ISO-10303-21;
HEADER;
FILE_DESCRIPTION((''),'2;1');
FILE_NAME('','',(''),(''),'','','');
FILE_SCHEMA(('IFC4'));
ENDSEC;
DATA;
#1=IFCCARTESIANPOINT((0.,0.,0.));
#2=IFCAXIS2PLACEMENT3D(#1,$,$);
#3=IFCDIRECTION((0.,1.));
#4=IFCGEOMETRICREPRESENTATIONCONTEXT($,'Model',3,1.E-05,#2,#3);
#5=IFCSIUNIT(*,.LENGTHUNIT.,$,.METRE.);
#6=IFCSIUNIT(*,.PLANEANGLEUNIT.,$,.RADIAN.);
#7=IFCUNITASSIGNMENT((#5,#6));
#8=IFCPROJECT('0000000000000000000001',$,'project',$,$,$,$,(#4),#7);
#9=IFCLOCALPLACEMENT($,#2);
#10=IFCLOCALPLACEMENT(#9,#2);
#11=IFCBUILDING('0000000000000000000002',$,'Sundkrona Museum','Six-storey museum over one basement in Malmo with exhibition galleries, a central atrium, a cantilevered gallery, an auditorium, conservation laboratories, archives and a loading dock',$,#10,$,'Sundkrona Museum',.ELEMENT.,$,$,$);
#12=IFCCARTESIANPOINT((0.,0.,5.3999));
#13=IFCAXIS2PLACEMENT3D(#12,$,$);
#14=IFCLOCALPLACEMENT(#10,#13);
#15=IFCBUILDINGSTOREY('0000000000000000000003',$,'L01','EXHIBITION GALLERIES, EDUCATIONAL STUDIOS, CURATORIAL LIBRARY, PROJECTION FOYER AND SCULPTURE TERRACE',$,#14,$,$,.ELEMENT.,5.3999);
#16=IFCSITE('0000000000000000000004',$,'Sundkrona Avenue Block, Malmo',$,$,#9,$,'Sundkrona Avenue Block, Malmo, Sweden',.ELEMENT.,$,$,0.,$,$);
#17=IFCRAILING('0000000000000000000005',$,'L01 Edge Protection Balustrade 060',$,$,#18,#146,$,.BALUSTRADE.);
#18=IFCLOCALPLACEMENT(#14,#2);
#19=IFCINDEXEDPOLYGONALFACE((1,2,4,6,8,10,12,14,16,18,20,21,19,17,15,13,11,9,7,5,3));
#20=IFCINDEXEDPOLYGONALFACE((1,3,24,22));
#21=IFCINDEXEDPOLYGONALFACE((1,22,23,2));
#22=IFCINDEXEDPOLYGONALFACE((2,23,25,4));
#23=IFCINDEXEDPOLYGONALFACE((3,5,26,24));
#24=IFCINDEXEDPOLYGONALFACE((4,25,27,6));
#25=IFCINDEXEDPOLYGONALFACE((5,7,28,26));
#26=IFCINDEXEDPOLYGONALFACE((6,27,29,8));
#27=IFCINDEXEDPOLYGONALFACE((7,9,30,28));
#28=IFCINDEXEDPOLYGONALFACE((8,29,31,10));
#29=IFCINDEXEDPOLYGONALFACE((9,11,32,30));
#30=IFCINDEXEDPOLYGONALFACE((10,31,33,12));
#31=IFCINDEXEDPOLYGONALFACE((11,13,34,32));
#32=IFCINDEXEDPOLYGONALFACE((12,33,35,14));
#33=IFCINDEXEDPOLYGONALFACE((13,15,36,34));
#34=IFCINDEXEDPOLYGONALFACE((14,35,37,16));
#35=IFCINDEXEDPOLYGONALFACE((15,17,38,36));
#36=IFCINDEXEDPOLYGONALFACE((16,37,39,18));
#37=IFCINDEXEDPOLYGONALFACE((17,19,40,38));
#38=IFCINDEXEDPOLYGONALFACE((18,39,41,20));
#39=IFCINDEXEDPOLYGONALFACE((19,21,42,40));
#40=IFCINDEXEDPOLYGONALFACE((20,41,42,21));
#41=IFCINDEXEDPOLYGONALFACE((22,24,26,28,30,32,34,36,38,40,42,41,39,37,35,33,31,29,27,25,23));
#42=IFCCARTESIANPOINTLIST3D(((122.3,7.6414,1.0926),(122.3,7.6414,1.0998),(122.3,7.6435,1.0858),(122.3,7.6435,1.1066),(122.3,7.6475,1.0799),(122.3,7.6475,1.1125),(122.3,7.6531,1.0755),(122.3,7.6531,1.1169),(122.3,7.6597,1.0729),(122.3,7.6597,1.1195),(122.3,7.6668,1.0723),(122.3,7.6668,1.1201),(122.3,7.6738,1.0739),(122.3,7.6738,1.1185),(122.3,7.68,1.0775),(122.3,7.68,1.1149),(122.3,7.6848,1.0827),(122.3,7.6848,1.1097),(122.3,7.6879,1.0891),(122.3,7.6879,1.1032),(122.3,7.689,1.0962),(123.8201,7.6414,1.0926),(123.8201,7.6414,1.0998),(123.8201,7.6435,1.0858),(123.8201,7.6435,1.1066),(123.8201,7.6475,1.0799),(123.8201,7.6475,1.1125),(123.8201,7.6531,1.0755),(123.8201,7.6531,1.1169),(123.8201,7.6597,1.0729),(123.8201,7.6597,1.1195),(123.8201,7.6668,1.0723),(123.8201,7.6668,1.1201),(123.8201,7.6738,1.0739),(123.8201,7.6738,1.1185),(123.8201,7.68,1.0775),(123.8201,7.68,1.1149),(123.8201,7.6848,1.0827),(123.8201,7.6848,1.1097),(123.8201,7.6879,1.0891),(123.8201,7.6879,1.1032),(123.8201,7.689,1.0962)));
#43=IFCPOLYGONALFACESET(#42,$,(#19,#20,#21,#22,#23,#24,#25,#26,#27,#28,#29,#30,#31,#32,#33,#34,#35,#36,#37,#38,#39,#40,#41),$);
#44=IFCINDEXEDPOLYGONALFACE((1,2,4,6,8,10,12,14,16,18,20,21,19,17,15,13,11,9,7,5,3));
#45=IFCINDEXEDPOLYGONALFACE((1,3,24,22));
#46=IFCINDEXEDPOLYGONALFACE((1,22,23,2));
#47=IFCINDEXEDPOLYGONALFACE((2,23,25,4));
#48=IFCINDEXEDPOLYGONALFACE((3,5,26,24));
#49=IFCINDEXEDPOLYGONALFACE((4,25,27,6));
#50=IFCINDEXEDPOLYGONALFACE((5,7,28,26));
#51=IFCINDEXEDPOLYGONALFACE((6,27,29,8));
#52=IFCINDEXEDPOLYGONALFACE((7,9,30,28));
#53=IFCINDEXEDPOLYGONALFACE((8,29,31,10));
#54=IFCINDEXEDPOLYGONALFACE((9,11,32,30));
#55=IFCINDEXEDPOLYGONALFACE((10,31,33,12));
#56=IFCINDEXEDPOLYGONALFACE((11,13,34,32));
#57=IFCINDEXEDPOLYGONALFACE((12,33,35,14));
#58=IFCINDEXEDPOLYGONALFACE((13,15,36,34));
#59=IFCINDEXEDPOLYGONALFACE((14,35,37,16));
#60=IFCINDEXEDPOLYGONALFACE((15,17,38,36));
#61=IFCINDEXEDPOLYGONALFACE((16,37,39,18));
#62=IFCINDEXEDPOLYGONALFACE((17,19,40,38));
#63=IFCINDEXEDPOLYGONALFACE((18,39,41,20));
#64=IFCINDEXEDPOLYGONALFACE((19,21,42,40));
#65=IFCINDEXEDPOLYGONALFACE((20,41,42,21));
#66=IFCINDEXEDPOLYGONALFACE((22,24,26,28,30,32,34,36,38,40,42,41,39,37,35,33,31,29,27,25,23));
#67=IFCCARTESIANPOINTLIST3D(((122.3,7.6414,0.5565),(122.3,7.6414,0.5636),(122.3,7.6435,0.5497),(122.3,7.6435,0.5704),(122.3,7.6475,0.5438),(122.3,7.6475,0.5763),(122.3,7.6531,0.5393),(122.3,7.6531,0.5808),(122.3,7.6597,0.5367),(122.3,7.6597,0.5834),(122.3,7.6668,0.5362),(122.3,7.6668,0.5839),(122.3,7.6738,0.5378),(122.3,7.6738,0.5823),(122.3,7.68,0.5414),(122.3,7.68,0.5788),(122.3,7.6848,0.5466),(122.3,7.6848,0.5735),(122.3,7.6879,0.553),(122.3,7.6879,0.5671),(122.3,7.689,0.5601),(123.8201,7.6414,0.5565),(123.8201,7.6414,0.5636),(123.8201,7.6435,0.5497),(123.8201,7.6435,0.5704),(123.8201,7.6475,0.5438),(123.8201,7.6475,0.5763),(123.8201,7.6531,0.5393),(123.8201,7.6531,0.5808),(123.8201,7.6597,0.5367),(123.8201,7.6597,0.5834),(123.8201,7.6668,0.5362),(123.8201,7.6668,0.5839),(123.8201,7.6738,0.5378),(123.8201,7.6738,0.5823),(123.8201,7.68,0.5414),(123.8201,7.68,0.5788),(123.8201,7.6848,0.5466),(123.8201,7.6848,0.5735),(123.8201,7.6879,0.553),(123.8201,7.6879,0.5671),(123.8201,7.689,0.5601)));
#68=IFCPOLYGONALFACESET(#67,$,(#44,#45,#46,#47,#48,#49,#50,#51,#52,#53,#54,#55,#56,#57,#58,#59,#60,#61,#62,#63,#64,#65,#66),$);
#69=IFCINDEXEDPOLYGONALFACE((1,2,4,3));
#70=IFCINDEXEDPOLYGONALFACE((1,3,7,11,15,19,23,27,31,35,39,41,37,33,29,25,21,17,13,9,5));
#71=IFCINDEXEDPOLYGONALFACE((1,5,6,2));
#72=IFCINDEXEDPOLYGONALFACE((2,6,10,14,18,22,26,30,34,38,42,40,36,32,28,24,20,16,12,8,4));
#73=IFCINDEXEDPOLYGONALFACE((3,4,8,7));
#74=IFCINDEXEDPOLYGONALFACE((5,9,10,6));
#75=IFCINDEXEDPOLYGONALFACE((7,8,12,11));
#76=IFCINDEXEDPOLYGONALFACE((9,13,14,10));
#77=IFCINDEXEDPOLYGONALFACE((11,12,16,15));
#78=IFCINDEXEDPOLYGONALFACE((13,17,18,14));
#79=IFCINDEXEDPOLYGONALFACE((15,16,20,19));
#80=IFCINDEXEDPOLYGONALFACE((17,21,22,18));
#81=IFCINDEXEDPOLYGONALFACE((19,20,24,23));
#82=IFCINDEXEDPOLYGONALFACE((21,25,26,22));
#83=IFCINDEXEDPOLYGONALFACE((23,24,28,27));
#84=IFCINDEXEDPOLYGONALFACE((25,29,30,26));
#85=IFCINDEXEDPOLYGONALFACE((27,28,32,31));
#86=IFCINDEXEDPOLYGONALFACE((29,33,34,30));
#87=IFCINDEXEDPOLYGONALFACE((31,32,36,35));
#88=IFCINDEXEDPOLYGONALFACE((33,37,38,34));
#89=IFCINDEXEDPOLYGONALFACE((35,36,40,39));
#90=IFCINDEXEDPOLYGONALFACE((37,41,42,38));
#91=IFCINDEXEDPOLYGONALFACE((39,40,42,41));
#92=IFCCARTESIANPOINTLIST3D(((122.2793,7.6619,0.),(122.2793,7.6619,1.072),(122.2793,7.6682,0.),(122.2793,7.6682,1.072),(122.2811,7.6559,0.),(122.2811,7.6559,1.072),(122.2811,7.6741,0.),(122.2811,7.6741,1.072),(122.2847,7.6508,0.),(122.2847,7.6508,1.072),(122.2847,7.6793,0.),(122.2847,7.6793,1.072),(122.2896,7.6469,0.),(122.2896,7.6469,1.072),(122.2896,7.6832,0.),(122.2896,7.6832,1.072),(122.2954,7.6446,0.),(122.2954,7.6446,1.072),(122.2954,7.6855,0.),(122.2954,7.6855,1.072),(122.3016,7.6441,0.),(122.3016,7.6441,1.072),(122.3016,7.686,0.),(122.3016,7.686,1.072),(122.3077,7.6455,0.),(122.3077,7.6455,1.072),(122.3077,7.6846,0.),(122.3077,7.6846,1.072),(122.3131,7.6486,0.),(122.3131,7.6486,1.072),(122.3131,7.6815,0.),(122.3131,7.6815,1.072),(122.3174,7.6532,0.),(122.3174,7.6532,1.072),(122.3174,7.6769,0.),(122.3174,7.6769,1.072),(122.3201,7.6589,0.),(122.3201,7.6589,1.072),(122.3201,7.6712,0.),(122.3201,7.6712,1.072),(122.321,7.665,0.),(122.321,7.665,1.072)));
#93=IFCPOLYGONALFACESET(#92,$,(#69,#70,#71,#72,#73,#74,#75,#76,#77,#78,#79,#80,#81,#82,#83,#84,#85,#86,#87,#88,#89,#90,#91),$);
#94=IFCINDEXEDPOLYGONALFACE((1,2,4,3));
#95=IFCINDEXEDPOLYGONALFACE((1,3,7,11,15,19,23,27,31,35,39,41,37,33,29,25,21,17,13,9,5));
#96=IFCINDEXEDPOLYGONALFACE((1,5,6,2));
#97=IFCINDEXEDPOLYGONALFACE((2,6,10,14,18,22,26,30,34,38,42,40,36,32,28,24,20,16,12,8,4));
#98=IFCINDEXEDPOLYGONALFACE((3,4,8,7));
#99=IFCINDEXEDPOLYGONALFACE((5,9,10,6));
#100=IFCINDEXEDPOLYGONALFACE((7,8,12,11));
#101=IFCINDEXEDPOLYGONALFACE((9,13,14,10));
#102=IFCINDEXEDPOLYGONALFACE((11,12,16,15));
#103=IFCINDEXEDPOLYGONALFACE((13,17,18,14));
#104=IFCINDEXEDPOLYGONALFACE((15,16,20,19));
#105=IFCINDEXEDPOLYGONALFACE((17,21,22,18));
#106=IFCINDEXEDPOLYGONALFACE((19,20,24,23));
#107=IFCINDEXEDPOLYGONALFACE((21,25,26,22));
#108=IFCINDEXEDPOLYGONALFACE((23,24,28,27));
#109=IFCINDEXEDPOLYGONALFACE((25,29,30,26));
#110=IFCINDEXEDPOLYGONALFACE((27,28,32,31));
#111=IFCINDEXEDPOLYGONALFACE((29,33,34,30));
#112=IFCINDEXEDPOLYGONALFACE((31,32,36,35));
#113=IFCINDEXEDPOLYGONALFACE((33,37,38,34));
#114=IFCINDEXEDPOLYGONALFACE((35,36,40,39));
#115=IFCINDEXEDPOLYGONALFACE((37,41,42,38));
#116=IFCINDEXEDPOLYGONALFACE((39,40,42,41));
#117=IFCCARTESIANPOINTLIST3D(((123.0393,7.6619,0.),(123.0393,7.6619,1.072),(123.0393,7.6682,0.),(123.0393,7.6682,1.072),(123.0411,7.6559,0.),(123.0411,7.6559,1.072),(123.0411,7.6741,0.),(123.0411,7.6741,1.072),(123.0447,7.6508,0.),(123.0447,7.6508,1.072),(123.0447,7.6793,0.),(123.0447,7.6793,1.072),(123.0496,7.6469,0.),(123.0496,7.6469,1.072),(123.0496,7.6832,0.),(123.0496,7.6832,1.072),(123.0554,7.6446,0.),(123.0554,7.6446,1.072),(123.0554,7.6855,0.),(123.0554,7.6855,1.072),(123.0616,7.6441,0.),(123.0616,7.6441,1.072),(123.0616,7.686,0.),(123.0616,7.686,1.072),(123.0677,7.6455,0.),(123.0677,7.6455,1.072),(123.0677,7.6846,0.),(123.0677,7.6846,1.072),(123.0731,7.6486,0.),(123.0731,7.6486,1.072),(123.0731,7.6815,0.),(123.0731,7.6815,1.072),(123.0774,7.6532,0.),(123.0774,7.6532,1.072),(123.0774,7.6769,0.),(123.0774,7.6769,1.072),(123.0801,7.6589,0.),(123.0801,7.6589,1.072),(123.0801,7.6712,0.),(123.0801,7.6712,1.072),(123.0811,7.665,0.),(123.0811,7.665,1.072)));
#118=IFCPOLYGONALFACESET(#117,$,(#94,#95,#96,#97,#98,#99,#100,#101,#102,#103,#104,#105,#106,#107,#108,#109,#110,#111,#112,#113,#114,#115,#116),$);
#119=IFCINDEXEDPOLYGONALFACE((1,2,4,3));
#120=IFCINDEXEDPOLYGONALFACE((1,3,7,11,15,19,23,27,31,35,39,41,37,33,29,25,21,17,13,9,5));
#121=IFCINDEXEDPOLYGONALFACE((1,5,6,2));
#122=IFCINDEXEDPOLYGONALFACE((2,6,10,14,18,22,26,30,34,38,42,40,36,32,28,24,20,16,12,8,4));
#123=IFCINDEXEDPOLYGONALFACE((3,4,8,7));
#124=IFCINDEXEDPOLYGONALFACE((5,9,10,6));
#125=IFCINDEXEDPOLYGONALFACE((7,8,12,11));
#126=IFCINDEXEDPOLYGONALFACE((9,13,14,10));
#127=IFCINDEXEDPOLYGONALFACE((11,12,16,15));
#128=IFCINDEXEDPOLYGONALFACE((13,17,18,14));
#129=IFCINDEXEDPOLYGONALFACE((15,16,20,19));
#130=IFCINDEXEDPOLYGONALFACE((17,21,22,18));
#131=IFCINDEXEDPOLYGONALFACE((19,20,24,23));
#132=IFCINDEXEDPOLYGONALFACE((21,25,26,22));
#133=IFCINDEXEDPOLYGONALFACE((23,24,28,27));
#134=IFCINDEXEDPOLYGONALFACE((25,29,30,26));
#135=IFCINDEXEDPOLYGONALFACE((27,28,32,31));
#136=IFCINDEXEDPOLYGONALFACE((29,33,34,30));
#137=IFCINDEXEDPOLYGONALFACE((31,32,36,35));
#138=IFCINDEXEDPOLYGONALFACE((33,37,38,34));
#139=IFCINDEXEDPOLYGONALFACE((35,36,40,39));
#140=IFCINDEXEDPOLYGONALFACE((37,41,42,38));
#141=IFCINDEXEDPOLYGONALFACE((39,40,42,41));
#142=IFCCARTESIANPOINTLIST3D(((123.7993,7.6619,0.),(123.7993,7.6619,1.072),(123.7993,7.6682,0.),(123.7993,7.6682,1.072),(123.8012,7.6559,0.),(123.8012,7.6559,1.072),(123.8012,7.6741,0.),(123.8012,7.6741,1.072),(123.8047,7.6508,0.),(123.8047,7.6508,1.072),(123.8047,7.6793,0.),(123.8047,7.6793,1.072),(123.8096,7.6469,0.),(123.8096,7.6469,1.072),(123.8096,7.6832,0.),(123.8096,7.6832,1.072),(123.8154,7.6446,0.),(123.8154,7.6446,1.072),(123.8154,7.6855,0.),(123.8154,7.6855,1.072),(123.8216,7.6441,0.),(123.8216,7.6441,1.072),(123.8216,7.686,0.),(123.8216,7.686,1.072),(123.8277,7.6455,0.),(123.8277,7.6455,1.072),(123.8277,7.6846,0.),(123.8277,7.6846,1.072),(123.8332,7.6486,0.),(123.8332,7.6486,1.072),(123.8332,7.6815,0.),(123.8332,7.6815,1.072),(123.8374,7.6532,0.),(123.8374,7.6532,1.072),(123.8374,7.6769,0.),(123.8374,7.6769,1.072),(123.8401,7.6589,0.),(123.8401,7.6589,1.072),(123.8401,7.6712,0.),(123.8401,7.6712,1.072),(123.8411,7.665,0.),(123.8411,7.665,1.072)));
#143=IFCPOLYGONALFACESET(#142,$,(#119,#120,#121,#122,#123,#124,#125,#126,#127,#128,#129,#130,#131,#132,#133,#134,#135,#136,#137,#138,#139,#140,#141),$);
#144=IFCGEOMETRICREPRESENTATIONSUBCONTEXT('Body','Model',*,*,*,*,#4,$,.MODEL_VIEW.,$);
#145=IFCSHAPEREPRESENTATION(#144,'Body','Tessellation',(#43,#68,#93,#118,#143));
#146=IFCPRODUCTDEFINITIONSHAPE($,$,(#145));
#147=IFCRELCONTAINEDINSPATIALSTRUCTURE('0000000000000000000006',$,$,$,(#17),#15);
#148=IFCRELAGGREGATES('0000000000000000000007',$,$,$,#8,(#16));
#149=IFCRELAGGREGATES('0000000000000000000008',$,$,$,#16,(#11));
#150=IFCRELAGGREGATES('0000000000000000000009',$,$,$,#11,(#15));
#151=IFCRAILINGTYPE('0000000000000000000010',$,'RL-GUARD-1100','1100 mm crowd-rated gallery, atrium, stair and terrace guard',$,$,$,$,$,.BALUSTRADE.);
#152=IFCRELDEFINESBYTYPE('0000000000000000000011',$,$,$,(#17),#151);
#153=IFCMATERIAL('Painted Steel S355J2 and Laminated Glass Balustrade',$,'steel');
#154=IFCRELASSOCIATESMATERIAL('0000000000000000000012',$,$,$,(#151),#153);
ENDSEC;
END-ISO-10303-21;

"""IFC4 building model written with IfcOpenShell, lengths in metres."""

from ifc_helpers import new_model, si_unit, direction, frame, origin, origin_2d, place, context, subcontext, project, spatial, circle, extrude, material, type_object, element, save


model = new_model("IFC4")

# Units and contexts
model_context = context("Model", 3, precision=1e-05, world=origin(), true_north=direction((0.0, 1.0)))
body_context = subcontext(model_context, "Body", "Model", "MODEL_VIEW")
ifc_project = project(units=[si_unit("LENGTHUNIT", "METRE"), si_unit("PLANEANGLEUNIT", "RADIAN")], contexts=[model_context])

# Site, building, storey
site_placement = place(None, origin())
site = spatial("IfcSite", under=ifc_project, at=site_placement, Name="Sundkrona Avenue Block, Malmo", LongName="Sundkrona Avenue Block, Malmo, Sweden", CompositionType="ELEMENT", RefElevation=0.0)
building_placement = place(site_placement, origin())
building = spatial("IfcBuilding", under=site, at=building_placement, Name="Sundkrona Museum", Description="Six-storey museum over one basement in Malmo with exhibition galleries, a central atrium, a cantilevered gallery, an auditorium, conservation laboratories, archives and a loading dock", LongName="Sundkrona Museum", CompositionType="ELEMENT")
storey_placement = place(building_placement, frame((0.0, 0.0, 5.3999)))
storey = spatial("IfcBuildingStorey", under=building, at=storey_placement, Name="L01", Description="EXHIBITION GALLERIES, EDUCATIONAL STUDIOS, CURATORIAL LIBRARY, PROJECTION FOYER AND SCULPTURE TERRACE", CompositionType="ELEMENT", Elevation=5.3999)

# Railing
ifc_material_1 = material(Name="Painted Steel S355J2 and Laminated Glass Balustrade", Category="steel")
railing_type_1 = type_object("IfcRailingType", Name="RL-GUARD-1100", Description="1100 mm crowd-rated gallery, atrium, stair and terrace guard", PredefinedType="BALUSTRADE", material=ifc_material_1)
for number, where, name in (
    (1, (122.3, 7.665, 0.0), "L01 Edge Protection Balustrade 060"),
):
    element("IfcRailing", number, at=place(storey_placement, frame(where)), inside=storey, type_object=railing_type_1, Name=name, PredefinedType="BALUSTRADE", context=body_context, shape_type="SweptSolid", body=[
        extrude(circle(Radius=0.0239, at=origin_2d()), frame((0.0, 0.0, 1.0962), z_axis=(1.0, 0.0, 0.0), x_axis=(0.0, 1.0, 0.0)), (0.0, 0.0, 1.0), 1.52),
        extrude(circle(Radius=0.0239, at=origin_2d()), frame((0.0, 0.0, 0.5601), z_axis=(1.0, 0.0, 0.0), x_axis=(0.0, 1.0, 0.0)), (0.0, 0.0, 1.0), 1.52),
        extrude(circle(Radius=0.021, at=origin_2d()), origin(), (0.0, 0.0, 1.0), 1.072),
        extrude(circle(Radius=0.021, at=origin_2d()), frame((0.76, 0.0, 0.0)), (0.0, 0.0, 1.0), 1.072),
        extrude(circle(Radius=0.021, at=origin_2d()), frame((1.52, 0.0, 0.0)), (0.0, 0.0, 1.0), 1.072),
    ])

save(model, "model.ifc")
